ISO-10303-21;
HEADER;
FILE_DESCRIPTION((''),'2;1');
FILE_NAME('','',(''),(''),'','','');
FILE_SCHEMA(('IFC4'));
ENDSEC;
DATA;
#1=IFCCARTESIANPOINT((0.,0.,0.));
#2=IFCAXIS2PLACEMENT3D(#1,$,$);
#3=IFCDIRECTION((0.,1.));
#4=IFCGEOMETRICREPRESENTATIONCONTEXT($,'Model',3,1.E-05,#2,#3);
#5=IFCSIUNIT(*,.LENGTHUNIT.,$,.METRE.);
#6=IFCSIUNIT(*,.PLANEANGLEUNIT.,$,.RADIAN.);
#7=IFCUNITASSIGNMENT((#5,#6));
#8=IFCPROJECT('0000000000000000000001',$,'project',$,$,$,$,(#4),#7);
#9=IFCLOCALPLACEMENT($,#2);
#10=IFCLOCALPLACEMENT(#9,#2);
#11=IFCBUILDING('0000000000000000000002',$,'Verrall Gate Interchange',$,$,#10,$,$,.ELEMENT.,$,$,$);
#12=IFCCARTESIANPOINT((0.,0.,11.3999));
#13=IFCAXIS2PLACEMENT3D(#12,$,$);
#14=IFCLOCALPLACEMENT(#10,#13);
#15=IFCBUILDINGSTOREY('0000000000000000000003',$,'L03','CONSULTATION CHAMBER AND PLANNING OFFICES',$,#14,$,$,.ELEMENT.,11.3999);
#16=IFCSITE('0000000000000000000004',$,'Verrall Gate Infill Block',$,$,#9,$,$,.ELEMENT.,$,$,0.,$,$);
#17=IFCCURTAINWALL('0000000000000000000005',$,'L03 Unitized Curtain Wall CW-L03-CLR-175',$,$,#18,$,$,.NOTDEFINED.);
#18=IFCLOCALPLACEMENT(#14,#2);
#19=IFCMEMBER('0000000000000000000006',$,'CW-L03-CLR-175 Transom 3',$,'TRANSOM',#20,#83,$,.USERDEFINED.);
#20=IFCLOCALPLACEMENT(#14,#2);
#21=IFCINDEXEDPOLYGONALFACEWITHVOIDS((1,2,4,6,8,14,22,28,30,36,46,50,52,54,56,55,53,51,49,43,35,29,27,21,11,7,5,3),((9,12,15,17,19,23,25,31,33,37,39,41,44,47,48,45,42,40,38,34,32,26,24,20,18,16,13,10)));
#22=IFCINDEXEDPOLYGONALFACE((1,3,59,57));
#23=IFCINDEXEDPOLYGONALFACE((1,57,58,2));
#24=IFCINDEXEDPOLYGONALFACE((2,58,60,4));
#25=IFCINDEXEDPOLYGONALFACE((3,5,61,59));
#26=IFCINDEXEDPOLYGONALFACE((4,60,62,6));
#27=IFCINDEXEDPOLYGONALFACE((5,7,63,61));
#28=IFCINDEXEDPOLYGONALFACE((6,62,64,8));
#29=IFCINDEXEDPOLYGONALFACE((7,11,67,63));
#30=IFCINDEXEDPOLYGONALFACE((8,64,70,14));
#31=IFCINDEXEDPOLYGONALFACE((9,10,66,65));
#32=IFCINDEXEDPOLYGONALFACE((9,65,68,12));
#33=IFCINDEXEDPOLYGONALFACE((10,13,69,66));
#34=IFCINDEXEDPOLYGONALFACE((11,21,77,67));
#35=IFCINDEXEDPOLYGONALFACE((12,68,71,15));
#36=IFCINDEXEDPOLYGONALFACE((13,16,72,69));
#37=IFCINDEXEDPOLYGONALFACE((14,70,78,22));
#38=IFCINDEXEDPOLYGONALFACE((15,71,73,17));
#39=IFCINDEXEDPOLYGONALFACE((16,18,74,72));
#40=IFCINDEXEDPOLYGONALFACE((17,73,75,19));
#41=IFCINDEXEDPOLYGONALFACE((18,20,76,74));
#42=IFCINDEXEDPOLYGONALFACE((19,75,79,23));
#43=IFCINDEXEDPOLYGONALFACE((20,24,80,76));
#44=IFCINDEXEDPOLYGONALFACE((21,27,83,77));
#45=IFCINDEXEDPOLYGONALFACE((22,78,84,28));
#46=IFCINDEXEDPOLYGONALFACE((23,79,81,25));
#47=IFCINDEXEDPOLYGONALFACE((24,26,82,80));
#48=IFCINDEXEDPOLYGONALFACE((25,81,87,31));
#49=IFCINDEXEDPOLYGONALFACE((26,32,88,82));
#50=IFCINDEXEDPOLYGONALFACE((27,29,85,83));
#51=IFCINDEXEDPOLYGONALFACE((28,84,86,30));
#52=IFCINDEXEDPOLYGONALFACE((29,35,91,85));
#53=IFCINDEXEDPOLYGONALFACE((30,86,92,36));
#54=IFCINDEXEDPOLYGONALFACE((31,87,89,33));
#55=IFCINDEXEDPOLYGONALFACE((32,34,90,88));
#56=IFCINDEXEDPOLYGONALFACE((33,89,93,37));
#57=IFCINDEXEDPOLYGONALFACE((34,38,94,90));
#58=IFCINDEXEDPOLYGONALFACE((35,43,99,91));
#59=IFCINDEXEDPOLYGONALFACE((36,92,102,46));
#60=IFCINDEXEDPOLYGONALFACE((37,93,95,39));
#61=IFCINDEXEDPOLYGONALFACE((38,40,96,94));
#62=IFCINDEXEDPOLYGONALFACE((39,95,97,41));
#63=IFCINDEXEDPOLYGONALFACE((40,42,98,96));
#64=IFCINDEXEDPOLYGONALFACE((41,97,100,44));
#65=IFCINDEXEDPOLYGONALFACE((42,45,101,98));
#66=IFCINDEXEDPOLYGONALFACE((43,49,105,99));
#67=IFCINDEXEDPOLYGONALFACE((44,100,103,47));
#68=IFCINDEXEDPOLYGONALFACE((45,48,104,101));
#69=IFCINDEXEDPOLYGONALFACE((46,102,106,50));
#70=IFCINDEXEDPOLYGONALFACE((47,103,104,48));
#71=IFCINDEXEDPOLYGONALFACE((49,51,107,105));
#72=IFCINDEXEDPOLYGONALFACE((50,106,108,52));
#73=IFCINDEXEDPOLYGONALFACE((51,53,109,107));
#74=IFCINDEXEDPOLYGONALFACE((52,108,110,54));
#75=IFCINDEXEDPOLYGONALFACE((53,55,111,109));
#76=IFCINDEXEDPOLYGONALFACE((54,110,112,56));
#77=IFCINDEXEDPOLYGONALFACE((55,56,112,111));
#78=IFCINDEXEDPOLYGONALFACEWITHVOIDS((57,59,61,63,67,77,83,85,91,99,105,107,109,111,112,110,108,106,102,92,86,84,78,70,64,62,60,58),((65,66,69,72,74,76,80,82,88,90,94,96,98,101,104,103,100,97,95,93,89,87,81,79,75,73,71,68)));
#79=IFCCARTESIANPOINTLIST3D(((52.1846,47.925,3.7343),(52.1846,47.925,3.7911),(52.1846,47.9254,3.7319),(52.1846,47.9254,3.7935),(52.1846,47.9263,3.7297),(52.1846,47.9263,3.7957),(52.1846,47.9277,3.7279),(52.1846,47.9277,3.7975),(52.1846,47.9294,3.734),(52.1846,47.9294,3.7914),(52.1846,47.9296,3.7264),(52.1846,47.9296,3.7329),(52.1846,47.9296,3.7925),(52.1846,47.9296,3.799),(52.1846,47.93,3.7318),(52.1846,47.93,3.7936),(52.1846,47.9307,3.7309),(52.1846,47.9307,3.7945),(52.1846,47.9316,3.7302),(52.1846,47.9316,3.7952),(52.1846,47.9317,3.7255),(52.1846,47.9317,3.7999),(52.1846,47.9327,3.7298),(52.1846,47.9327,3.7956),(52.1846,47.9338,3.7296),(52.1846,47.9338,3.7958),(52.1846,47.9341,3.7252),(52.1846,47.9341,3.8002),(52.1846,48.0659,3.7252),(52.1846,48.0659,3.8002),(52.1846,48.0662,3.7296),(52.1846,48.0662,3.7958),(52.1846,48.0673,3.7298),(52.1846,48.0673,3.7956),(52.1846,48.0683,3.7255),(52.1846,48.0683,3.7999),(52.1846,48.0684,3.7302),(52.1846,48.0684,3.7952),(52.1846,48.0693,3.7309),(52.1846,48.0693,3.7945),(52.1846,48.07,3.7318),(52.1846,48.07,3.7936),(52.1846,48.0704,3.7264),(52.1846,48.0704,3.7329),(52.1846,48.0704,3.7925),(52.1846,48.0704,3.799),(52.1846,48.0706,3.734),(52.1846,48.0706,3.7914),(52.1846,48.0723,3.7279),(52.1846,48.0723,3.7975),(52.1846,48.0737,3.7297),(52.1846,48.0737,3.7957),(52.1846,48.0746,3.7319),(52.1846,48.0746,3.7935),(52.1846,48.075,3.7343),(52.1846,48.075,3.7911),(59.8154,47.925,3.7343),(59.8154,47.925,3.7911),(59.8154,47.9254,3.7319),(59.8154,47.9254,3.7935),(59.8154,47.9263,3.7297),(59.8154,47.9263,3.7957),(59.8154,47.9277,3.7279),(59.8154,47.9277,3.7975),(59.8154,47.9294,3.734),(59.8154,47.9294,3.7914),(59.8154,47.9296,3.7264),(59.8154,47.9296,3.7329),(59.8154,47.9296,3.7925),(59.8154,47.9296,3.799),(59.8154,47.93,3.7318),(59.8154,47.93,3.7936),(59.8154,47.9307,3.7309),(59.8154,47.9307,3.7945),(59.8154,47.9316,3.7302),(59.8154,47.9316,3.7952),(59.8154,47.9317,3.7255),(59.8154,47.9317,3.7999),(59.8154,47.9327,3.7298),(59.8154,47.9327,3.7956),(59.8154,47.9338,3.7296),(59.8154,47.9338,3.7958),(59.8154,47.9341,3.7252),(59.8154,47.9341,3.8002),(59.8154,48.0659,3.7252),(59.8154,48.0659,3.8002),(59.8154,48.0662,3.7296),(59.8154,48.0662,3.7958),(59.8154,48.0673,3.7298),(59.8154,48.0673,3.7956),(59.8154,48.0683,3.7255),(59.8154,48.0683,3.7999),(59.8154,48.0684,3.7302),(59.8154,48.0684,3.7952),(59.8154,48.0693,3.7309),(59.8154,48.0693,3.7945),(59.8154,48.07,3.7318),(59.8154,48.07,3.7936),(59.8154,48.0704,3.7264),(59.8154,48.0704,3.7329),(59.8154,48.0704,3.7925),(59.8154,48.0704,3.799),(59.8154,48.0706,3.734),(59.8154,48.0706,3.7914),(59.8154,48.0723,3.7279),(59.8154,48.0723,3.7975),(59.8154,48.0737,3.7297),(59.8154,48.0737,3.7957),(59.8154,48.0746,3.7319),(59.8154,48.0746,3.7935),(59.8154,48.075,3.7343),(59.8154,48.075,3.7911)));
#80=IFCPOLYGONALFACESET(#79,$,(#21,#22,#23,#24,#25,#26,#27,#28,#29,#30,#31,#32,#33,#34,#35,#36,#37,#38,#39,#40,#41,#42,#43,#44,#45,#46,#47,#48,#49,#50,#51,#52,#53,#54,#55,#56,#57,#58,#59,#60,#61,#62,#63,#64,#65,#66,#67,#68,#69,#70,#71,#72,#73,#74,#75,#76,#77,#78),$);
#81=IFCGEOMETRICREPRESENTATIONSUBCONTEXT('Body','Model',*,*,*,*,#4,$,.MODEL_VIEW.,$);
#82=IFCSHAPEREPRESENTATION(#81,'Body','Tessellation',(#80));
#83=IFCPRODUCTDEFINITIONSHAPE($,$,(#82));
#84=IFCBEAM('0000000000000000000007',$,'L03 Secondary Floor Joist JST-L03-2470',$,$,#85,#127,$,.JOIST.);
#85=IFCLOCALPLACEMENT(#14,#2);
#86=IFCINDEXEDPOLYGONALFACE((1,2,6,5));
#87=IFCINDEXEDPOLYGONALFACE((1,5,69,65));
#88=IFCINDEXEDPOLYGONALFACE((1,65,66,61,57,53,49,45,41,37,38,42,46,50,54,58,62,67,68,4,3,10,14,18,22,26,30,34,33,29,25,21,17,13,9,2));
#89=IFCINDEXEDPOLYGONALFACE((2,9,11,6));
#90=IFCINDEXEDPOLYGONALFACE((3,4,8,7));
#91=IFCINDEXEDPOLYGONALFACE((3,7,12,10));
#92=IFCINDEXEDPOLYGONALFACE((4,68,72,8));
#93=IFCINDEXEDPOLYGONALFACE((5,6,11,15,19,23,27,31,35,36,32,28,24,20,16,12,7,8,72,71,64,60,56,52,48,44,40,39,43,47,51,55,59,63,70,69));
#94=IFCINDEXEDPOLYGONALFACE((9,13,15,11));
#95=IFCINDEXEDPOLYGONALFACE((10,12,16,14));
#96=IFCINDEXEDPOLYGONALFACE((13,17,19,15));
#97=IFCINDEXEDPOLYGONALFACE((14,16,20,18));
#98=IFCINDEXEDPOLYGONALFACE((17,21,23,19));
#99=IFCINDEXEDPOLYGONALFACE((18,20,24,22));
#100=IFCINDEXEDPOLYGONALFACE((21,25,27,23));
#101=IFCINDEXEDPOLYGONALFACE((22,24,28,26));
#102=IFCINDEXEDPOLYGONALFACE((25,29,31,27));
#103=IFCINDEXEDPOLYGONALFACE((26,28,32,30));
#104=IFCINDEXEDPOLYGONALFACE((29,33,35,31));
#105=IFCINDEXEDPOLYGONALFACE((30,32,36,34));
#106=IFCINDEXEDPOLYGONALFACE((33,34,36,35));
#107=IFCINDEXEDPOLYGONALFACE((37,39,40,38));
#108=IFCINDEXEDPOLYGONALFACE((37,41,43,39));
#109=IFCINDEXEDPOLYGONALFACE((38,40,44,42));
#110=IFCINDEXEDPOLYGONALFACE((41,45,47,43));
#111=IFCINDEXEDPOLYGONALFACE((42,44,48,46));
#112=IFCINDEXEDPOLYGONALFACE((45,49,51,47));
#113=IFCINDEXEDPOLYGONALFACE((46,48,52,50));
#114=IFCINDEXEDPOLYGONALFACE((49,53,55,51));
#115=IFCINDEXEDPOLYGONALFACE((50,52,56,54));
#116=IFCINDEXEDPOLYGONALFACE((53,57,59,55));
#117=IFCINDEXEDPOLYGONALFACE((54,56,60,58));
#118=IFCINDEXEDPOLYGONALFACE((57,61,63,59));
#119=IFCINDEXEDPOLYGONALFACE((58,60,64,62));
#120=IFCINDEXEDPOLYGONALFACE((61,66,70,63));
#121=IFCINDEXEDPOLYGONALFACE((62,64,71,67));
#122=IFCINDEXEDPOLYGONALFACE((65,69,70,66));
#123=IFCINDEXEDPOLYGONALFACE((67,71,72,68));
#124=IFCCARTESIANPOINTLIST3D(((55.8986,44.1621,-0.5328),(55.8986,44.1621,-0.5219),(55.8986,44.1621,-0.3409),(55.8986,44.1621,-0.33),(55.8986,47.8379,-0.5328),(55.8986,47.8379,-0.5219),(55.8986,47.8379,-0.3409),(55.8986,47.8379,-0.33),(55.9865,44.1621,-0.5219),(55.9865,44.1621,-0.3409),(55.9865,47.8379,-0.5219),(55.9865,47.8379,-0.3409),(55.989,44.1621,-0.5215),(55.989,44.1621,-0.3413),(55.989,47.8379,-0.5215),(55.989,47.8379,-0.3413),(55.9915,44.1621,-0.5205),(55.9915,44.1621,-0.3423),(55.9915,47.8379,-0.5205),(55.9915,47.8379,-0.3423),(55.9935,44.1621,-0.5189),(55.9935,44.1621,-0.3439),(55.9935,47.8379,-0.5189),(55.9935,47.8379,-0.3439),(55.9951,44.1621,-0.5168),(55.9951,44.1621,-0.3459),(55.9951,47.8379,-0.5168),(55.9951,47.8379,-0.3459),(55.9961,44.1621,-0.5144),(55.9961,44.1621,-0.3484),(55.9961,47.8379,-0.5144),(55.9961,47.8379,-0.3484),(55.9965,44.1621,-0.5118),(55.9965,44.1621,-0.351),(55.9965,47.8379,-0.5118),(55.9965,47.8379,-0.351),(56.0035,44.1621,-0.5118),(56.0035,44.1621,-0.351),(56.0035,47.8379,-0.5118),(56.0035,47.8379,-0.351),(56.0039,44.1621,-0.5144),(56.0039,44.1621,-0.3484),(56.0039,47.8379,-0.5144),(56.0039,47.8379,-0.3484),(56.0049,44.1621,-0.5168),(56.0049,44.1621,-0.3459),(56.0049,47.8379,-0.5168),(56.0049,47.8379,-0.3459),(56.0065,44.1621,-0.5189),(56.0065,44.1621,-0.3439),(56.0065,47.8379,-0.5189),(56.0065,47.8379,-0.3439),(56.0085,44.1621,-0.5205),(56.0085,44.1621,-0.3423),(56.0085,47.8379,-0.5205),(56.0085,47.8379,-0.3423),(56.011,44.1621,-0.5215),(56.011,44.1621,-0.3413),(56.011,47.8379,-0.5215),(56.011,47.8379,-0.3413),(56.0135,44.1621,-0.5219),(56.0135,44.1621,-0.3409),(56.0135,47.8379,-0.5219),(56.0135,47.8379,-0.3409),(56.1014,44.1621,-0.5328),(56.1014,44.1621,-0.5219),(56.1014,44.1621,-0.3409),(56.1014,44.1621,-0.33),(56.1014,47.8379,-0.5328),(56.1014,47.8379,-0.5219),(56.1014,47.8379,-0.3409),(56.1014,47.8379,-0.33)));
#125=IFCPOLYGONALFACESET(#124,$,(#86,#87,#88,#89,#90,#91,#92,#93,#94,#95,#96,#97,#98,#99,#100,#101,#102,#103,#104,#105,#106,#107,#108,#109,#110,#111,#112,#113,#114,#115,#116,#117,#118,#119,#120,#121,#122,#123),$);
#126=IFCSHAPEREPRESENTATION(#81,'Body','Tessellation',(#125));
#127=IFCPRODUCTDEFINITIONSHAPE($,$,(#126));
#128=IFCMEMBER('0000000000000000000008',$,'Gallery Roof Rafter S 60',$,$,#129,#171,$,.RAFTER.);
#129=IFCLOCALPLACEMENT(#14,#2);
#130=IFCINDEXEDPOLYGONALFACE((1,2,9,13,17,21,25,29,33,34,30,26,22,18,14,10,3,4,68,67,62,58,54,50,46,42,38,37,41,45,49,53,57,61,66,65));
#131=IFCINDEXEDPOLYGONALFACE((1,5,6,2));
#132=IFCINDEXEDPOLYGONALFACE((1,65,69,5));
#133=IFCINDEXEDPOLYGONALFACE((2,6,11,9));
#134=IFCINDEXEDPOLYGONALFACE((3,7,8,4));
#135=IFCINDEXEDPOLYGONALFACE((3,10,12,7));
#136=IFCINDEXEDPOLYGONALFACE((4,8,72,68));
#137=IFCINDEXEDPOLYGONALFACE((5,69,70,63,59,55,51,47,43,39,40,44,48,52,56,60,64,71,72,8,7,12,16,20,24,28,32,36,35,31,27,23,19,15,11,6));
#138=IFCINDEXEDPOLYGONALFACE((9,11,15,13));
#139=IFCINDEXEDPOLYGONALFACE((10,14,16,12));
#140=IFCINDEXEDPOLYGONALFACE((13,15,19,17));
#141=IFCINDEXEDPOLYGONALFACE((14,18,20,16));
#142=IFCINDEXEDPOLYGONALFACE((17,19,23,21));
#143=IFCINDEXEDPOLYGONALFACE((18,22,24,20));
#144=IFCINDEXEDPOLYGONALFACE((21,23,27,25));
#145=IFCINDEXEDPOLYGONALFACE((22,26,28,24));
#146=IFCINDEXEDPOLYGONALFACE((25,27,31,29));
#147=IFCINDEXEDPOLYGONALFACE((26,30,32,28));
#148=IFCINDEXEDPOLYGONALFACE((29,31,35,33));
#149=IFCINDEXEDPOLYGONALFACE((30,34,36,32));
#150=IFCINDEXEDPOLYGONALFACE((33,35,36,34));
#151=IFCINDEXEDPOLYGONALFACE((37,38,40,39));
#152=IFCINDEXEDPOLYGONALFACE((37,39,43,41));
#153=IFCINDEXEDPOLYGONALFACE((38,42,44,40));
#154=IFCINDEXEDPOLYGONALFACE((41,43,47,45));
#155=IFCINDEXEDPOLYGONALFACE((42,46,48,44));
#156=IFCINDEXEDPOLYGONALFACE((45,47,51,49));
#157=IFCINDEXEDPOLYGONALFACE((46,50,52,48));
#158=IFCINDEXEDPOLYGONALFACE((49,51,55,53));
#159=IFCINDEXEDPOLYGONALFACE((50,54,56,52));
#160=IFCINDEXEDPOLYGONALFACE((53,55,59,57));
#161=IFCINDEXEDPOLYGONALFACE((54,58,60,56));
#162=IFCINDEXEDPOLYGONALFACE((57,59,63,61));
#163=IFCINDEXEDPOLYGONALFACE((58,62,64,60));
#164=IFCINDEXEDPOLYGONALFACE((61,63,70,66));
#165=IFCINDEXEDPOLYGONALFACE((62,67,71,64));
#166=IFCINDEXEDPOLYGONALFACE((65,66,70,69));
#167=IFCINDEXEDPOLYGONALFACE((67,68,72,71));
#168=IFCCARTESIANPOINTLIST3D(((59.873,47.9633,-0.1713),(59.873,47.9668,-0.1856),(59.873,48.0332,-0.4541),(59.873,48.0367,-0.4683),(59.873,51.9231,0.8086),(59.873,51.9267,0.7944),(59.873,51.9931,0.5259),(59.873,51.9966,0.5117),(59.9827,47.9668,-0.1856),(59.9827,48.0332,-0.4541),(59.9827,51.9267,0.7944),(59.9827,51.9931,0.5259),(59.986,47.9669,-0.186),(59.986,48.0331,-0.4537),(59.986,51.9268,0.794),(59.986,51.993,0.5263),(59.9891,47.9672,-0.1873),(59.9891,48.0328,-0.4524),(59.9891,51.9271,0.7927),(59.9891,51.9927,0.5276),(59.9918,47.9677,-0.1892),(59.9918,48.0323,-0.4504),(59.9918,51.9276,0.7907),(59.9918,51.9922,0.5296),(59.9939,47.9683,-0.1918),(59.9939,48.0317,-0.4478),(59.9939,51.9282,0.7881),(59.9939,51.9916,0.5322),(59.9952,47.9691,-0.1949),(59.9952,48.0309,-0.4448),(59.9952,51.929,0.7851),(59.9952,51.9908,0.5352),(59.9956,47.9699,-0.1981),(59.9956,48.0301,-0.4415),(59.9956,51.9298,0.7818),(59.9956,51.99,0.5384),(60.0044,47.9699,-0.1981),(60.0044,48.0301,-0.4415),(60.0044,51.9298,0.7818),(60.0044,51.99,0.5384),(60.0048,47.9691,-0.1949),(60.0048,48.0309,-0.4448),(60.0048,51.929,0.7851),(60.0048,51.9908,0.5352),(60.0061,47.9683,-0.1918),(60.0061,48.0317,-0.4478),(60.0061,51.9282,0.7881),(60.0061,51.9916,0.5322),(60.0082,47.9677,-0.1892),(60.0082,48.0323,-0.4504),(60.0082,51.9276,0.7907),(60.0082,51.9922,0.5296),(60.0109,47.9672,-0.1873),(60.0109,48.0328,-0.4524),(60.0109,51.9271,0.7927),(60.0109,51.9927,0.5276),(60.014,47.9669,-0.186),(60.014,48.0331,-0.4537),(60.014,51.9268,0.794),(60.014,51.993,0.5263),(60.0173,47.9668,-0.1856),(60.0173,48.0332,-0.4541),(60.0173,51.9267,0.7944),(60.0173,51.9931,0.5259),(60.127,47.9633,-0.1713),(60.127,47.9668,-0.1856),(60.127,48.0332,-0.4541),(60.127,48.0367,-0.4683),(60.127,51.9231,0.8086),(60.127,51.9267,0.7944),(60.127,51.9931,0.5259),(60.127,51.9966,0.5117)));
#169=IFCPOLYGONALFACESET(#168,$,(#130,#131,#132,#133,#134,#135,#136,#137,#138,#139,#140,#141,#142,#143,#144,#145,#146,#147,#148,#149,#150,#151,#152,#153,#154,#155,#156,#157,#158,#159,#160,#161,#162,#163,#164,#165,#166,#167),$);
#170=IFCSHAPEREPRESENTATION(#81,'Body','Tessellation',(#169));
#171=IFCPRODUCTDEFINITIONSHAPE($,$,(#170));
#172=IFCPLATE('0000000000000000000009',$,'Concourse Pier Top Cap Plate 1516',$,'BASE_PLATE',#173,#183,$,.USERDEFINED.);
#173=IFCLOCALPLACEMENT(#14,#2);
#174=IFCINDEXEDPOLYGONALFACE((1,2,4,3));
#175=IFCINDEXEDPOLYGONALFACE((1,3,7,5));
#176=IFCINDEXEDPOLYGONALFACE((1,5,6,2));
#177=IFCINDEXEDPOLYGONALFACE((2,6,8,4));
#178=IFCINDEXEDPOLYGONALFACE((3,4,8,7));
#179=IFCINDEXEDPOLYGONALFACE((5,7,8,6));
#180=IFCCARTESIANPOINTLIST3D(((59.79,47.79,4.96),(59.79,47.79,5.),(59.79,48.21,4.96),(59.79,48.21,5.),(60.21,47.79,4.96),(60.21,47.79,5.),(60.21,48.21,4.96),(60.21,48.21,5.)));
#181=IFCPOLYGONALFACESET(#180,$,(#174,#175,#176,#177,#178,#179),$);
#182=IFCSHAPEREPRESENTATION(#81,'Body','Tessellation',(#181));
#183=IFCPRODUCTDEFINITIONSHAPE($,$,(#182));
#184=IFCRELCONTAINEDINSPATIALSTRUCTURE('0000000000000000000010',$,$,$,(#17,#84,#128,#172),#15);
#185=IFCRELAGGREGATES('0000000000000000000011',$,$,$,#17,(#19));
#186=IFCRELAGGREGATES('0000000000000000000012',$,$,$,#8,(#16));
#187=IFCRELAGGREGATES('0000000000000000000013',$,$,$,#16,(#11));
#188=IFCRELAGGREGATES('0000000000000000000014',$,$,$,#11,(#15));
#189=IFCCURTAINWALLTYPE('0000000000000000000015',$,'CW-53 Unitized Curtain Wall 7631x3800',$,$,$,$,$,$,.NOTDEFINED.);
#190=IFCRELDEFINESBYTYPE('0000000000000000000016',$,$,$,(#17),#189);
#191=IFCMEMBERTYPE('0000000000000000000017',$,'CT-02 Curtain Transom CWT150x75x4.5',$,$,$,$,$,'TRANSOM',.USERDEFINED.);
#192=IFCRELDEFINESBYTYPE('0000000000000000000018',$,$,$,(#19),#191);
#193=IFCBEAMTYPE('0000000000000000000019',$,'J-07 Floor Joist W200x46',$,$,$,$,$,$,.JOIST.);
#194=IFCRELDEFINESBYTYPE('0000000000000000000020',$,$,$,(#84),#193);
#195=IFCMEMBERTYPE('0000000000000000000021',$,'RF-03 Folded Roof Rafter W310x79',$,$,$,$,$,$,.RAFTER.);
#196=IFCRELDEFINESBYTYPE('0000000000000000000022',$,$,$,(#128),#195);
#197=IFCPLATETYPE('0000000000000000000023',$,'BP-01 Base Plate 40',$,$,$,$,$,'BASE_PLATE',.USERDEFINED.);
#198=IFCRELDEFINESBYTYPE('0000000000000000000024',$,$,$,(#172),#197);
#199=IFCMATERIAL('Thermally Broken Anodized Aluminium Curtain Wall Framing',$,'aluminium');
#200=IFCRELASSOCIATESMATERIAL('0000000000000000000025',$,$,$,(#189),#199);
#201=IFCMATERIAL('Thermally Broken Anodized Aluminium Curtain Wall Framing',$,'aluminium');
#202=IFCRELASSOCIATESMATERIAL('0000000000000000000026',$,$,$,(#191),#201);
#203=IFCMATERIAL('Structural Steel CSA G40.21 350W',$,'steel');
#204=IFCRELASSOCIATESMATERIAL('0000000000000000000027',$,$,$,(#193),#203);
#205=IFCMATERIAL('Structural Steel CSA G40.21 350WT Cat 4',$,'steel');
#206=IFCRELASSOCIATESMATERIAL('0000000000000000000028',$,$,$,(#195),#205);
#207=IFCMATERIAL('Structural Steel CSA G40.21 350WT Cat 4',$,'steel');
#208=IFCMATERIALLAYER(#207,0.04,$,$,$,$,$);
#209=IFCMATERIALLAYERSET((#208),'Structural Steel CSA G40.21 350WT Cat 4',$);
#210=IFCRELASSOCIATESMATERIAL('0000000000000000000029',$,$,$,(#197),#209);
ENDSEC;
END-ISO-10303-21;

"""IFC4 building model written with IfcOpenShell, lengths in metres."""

from ifc_helpers import new_model, si_unit, direction, frame, origin, origin_2d, place, context, subcontext, project, spatial, rectangle, hollow_rectangle, i_section, extrude, material, layer, layer_set, material_profile, profile_set, type_object, element, aggregate, save


model = new_model("IFC4")

# Units and contexts
model_context = context("Model", 3, precision=1e-05, world=origin(), true_north=direction((0.0, 1.0)))
body_context = subcontext(model_context, "Body", "Model", "MODEL_VIEW")
ifc_project = project(units=[si_unit("LENGTHUNIT", "METRE"), si_unit("PLANEANGLEUNIT", "RADIAN")], contexts=[model_context])

# Site, building, storey
site_placement = place(None, origin())
site = spatial("IfcSite", under=ifc_project, at=site_placement, Name="Verrall Gate Infill Block", CompositionType="ELEMENT", RefElevation=0.0)
building_placement = place(site_placement, origin())
building = spatial("IfcBuilding", under=site, at=building_placement, Name="Verrall Gate Interchange", CompositionType="ELEMENT")
storey_placement = place(building_placement, frame((0.0, 0.0, 11.3999)))
storey = spatial("IfcBuildingStorey", under=building, at=storey_placement, Name="L03", Description="CONSULTATION CHAMBER AND PLANNING OFFICES", CompositionType="ELEMENT", Elevation=11.3999)

# Curtain wall, member
ifc_material_1 = material(Name="Thermally Broken Anodized Aluminium Curtain Wall Framing", Category="aluminium")
curtain_wall_type = type_object("IfcCurtainWallType", Name="CW-53 Unitized Curtain Wall 7631x3800", PredefinedType="NOTDEFINED", material=ifc_material_1)
curtain_wall_placement = place(storey_placement, origin())
curtain_wall = element("IfcCurtainWall", 1, at=curtain_wall_placement, inside=storey, type_object=curtain_wall_type, Name="L03 Unitized Curtain Wall CW-L03-CLR-175", PredefinedType="NOTDEFINED")
ifc_material_2 = material(Name="Thermally Broken Anodized Aluminium Curtain Wall Framing", Category="aluminium")
ifc_material_profile_1 = material_profile(ifc_material_2, hollow_rectangle(XDim=0.1499, YDim=0.075, WallThickness=0.0044, InnerFilletRadius=0.0044, OuterFilletRadius=0.009, at=origin_2d()), Name="CWT150x75x4.5")
ifc_profile_set_1 = profile_set([ifc_material_profile_1], Name="Thermally Broken Anodized Aluminium Curtain Wall Framing")
member_type_1 = type_object("IfcMemberType", Name="CT-02 Curtain Transom CWT150x75x4.5", ElementType="TRANSOM", PredefinedType="USERDEFINED", material=ifc_profile_set_1)
member_1_placement = place(storey_placement, frame((52.1846, 48.0, 3.7627), z_axis=(1.0, 0.0, 0.0), x_axis=(0.0, 1.0, 0.0)))
member_1 = element("IfcMember", 2, at=member_1_placement, type_object=member_type_1, Name="CW-L03-CLR-175 Transom 3", ObjectType="TRANSOM", PredefinedType="USERDEFINED", context=body_context, shape_type="SweptSolid", body=[
    extrude(hollow_rectangle(XDim=0.1499, YDim=0.075, WallThickness=0.0044, InnerFilletRadius=0.0044, OuterFilletRadius=0.009, at=origin_2d()), origin(), (0.0, 0.0, 1.0), 7.6309),
])

# Beam
ifc_material_3 = material(Name="Structural Steel CSA G40.21 350W", Category="steel")
ifc_material_profile_2 = material_profile(ifc_material_3, i_section(OverallWidth=0.2029, OverallDepth=0.2029, WebThickness=0.0071, FlangeThickness=0.011, FilletRadius=0.01, at=origin_2d()), Name="W200x46")
ifc_profile_set_2 = profile_set([ifc_material_profile_2], Name="Structural Steel CSA G40.21 350W")
beam_type_1 = type_object("IfcBeamType", Name="J-07 Floor Joist W200x46", PredefinedType="JOIST", material=ifc_profile_set_2)
beam_1_placement = place(storey_placement, frame((56.0, 44.1621, -0.4314), z_axis=(0.0, 1.0, 0.0), x_axis=(-1.0, 0.0, 0.0)))
element("IfcBeam", 3, at=beam_1_placement, inside=storey, type_object=beam_type_1, Name="L03 Secondary Floor Joist JST-L03-2470", PredefinedType="JOIST", context=body_context, shape_type="SweptSolid", body=[
    extrude(i_section(OverallWidth=0.2029, OverallDepth=0.2029, WebThickness=0.0071, FlangeThickness=0.011, FilletRadius=0.01, at=origin_2d()), origin(), (0.0, 0.0, 1.0), 3.6758),
])

# Member
ifc_material_4 = material(Name="Structural Steel CSA G40.21 350WT Cat 4", Category="steel")
ifc_material_profile_3 = material_profile(ifc_material_4, i_section(OverallWidth=0.2539, OverallDepth=0.3059, WebThickness=0.0088, FlangeThickness=0.0146, FilletRadius=0.0129, at=origin_2d()), Name="W310x79")
ifc_profile_set_3 = profile_set([ifc_material_profile_3], Name="Structural Steel CSA G40.21 350WT Cat 4")
member_type_2 = type_object("IfcMemberType", Name="RF-03 Folded Roof Rafter W310x79", PredefinedType="RAFTER", material=ifc_profile_set_3)
member_2_placement = place(storey_placement, frame((60.0, 48.0, -0.3198), z_axis=(0.0, 0.970717, 0.240226), x_axis=(-1.0, 0.0, 0.0)))
element("IfcMember", 4, at=member_2_placement, inside=storey, type_object=member_type_2, Name="Gallery Roof Rafter S 60", PredefinedType="RAFTER", context=body_context, shape_type="SweptSolid", body=[
    extrude(i_section(OverallWidth=0.2539, OverallDepth=0.3059, WebThickness=0.0088, FlangeThickness=0.0146, FilletRadius=0.0129, at=origin_2d()), origin(), (0.0, 0.0, 1.0), 4.0793),
])

# Plate
ifc_material_5 = material(Name="Structural Steel CSA G40.21 350WT Cat 4", Category="steel")
ifc_layer_1 = layer(ifc_material_5, 0.04)
ifc_layer_set_1 = layer_set([ifc_layer_1], Name="Structural Steel CSA G40.21 350WT Cat 4")
plate_type_1 = type_object("IfcPlateType", Name="BP-01 Base Plate 40", ElementType="BASE_PLATE", PredefinedType="USERDEFINED", material=ifc_layer_set_1)
plate_1_placement = place(storey_placement, frame((60.0, 48.0, 4.96), z_axis=(0.0, 0.0, 1.0), x_axis=(1.0, 0.0, 0.0)))
element("IfcPlate", 5, at=plate_1_placement, inside=storey, type_object=plate_type_1, Name="Concourse Pier Top Cap Plate 1516", ObjectType="BASE_PLATE", PredefinedType="USERDEFINED", context=body_context, shape_type="SweptSolid", body=[
    extrude(rectangle(XDim=0.4199, YDim=0.4199, at=origin_2d()), origin(), (0.0, 0.0, 1.0), 0.04),
])

aggregate(curtain_wall, [member_1])

save(model, "model.ifc")
